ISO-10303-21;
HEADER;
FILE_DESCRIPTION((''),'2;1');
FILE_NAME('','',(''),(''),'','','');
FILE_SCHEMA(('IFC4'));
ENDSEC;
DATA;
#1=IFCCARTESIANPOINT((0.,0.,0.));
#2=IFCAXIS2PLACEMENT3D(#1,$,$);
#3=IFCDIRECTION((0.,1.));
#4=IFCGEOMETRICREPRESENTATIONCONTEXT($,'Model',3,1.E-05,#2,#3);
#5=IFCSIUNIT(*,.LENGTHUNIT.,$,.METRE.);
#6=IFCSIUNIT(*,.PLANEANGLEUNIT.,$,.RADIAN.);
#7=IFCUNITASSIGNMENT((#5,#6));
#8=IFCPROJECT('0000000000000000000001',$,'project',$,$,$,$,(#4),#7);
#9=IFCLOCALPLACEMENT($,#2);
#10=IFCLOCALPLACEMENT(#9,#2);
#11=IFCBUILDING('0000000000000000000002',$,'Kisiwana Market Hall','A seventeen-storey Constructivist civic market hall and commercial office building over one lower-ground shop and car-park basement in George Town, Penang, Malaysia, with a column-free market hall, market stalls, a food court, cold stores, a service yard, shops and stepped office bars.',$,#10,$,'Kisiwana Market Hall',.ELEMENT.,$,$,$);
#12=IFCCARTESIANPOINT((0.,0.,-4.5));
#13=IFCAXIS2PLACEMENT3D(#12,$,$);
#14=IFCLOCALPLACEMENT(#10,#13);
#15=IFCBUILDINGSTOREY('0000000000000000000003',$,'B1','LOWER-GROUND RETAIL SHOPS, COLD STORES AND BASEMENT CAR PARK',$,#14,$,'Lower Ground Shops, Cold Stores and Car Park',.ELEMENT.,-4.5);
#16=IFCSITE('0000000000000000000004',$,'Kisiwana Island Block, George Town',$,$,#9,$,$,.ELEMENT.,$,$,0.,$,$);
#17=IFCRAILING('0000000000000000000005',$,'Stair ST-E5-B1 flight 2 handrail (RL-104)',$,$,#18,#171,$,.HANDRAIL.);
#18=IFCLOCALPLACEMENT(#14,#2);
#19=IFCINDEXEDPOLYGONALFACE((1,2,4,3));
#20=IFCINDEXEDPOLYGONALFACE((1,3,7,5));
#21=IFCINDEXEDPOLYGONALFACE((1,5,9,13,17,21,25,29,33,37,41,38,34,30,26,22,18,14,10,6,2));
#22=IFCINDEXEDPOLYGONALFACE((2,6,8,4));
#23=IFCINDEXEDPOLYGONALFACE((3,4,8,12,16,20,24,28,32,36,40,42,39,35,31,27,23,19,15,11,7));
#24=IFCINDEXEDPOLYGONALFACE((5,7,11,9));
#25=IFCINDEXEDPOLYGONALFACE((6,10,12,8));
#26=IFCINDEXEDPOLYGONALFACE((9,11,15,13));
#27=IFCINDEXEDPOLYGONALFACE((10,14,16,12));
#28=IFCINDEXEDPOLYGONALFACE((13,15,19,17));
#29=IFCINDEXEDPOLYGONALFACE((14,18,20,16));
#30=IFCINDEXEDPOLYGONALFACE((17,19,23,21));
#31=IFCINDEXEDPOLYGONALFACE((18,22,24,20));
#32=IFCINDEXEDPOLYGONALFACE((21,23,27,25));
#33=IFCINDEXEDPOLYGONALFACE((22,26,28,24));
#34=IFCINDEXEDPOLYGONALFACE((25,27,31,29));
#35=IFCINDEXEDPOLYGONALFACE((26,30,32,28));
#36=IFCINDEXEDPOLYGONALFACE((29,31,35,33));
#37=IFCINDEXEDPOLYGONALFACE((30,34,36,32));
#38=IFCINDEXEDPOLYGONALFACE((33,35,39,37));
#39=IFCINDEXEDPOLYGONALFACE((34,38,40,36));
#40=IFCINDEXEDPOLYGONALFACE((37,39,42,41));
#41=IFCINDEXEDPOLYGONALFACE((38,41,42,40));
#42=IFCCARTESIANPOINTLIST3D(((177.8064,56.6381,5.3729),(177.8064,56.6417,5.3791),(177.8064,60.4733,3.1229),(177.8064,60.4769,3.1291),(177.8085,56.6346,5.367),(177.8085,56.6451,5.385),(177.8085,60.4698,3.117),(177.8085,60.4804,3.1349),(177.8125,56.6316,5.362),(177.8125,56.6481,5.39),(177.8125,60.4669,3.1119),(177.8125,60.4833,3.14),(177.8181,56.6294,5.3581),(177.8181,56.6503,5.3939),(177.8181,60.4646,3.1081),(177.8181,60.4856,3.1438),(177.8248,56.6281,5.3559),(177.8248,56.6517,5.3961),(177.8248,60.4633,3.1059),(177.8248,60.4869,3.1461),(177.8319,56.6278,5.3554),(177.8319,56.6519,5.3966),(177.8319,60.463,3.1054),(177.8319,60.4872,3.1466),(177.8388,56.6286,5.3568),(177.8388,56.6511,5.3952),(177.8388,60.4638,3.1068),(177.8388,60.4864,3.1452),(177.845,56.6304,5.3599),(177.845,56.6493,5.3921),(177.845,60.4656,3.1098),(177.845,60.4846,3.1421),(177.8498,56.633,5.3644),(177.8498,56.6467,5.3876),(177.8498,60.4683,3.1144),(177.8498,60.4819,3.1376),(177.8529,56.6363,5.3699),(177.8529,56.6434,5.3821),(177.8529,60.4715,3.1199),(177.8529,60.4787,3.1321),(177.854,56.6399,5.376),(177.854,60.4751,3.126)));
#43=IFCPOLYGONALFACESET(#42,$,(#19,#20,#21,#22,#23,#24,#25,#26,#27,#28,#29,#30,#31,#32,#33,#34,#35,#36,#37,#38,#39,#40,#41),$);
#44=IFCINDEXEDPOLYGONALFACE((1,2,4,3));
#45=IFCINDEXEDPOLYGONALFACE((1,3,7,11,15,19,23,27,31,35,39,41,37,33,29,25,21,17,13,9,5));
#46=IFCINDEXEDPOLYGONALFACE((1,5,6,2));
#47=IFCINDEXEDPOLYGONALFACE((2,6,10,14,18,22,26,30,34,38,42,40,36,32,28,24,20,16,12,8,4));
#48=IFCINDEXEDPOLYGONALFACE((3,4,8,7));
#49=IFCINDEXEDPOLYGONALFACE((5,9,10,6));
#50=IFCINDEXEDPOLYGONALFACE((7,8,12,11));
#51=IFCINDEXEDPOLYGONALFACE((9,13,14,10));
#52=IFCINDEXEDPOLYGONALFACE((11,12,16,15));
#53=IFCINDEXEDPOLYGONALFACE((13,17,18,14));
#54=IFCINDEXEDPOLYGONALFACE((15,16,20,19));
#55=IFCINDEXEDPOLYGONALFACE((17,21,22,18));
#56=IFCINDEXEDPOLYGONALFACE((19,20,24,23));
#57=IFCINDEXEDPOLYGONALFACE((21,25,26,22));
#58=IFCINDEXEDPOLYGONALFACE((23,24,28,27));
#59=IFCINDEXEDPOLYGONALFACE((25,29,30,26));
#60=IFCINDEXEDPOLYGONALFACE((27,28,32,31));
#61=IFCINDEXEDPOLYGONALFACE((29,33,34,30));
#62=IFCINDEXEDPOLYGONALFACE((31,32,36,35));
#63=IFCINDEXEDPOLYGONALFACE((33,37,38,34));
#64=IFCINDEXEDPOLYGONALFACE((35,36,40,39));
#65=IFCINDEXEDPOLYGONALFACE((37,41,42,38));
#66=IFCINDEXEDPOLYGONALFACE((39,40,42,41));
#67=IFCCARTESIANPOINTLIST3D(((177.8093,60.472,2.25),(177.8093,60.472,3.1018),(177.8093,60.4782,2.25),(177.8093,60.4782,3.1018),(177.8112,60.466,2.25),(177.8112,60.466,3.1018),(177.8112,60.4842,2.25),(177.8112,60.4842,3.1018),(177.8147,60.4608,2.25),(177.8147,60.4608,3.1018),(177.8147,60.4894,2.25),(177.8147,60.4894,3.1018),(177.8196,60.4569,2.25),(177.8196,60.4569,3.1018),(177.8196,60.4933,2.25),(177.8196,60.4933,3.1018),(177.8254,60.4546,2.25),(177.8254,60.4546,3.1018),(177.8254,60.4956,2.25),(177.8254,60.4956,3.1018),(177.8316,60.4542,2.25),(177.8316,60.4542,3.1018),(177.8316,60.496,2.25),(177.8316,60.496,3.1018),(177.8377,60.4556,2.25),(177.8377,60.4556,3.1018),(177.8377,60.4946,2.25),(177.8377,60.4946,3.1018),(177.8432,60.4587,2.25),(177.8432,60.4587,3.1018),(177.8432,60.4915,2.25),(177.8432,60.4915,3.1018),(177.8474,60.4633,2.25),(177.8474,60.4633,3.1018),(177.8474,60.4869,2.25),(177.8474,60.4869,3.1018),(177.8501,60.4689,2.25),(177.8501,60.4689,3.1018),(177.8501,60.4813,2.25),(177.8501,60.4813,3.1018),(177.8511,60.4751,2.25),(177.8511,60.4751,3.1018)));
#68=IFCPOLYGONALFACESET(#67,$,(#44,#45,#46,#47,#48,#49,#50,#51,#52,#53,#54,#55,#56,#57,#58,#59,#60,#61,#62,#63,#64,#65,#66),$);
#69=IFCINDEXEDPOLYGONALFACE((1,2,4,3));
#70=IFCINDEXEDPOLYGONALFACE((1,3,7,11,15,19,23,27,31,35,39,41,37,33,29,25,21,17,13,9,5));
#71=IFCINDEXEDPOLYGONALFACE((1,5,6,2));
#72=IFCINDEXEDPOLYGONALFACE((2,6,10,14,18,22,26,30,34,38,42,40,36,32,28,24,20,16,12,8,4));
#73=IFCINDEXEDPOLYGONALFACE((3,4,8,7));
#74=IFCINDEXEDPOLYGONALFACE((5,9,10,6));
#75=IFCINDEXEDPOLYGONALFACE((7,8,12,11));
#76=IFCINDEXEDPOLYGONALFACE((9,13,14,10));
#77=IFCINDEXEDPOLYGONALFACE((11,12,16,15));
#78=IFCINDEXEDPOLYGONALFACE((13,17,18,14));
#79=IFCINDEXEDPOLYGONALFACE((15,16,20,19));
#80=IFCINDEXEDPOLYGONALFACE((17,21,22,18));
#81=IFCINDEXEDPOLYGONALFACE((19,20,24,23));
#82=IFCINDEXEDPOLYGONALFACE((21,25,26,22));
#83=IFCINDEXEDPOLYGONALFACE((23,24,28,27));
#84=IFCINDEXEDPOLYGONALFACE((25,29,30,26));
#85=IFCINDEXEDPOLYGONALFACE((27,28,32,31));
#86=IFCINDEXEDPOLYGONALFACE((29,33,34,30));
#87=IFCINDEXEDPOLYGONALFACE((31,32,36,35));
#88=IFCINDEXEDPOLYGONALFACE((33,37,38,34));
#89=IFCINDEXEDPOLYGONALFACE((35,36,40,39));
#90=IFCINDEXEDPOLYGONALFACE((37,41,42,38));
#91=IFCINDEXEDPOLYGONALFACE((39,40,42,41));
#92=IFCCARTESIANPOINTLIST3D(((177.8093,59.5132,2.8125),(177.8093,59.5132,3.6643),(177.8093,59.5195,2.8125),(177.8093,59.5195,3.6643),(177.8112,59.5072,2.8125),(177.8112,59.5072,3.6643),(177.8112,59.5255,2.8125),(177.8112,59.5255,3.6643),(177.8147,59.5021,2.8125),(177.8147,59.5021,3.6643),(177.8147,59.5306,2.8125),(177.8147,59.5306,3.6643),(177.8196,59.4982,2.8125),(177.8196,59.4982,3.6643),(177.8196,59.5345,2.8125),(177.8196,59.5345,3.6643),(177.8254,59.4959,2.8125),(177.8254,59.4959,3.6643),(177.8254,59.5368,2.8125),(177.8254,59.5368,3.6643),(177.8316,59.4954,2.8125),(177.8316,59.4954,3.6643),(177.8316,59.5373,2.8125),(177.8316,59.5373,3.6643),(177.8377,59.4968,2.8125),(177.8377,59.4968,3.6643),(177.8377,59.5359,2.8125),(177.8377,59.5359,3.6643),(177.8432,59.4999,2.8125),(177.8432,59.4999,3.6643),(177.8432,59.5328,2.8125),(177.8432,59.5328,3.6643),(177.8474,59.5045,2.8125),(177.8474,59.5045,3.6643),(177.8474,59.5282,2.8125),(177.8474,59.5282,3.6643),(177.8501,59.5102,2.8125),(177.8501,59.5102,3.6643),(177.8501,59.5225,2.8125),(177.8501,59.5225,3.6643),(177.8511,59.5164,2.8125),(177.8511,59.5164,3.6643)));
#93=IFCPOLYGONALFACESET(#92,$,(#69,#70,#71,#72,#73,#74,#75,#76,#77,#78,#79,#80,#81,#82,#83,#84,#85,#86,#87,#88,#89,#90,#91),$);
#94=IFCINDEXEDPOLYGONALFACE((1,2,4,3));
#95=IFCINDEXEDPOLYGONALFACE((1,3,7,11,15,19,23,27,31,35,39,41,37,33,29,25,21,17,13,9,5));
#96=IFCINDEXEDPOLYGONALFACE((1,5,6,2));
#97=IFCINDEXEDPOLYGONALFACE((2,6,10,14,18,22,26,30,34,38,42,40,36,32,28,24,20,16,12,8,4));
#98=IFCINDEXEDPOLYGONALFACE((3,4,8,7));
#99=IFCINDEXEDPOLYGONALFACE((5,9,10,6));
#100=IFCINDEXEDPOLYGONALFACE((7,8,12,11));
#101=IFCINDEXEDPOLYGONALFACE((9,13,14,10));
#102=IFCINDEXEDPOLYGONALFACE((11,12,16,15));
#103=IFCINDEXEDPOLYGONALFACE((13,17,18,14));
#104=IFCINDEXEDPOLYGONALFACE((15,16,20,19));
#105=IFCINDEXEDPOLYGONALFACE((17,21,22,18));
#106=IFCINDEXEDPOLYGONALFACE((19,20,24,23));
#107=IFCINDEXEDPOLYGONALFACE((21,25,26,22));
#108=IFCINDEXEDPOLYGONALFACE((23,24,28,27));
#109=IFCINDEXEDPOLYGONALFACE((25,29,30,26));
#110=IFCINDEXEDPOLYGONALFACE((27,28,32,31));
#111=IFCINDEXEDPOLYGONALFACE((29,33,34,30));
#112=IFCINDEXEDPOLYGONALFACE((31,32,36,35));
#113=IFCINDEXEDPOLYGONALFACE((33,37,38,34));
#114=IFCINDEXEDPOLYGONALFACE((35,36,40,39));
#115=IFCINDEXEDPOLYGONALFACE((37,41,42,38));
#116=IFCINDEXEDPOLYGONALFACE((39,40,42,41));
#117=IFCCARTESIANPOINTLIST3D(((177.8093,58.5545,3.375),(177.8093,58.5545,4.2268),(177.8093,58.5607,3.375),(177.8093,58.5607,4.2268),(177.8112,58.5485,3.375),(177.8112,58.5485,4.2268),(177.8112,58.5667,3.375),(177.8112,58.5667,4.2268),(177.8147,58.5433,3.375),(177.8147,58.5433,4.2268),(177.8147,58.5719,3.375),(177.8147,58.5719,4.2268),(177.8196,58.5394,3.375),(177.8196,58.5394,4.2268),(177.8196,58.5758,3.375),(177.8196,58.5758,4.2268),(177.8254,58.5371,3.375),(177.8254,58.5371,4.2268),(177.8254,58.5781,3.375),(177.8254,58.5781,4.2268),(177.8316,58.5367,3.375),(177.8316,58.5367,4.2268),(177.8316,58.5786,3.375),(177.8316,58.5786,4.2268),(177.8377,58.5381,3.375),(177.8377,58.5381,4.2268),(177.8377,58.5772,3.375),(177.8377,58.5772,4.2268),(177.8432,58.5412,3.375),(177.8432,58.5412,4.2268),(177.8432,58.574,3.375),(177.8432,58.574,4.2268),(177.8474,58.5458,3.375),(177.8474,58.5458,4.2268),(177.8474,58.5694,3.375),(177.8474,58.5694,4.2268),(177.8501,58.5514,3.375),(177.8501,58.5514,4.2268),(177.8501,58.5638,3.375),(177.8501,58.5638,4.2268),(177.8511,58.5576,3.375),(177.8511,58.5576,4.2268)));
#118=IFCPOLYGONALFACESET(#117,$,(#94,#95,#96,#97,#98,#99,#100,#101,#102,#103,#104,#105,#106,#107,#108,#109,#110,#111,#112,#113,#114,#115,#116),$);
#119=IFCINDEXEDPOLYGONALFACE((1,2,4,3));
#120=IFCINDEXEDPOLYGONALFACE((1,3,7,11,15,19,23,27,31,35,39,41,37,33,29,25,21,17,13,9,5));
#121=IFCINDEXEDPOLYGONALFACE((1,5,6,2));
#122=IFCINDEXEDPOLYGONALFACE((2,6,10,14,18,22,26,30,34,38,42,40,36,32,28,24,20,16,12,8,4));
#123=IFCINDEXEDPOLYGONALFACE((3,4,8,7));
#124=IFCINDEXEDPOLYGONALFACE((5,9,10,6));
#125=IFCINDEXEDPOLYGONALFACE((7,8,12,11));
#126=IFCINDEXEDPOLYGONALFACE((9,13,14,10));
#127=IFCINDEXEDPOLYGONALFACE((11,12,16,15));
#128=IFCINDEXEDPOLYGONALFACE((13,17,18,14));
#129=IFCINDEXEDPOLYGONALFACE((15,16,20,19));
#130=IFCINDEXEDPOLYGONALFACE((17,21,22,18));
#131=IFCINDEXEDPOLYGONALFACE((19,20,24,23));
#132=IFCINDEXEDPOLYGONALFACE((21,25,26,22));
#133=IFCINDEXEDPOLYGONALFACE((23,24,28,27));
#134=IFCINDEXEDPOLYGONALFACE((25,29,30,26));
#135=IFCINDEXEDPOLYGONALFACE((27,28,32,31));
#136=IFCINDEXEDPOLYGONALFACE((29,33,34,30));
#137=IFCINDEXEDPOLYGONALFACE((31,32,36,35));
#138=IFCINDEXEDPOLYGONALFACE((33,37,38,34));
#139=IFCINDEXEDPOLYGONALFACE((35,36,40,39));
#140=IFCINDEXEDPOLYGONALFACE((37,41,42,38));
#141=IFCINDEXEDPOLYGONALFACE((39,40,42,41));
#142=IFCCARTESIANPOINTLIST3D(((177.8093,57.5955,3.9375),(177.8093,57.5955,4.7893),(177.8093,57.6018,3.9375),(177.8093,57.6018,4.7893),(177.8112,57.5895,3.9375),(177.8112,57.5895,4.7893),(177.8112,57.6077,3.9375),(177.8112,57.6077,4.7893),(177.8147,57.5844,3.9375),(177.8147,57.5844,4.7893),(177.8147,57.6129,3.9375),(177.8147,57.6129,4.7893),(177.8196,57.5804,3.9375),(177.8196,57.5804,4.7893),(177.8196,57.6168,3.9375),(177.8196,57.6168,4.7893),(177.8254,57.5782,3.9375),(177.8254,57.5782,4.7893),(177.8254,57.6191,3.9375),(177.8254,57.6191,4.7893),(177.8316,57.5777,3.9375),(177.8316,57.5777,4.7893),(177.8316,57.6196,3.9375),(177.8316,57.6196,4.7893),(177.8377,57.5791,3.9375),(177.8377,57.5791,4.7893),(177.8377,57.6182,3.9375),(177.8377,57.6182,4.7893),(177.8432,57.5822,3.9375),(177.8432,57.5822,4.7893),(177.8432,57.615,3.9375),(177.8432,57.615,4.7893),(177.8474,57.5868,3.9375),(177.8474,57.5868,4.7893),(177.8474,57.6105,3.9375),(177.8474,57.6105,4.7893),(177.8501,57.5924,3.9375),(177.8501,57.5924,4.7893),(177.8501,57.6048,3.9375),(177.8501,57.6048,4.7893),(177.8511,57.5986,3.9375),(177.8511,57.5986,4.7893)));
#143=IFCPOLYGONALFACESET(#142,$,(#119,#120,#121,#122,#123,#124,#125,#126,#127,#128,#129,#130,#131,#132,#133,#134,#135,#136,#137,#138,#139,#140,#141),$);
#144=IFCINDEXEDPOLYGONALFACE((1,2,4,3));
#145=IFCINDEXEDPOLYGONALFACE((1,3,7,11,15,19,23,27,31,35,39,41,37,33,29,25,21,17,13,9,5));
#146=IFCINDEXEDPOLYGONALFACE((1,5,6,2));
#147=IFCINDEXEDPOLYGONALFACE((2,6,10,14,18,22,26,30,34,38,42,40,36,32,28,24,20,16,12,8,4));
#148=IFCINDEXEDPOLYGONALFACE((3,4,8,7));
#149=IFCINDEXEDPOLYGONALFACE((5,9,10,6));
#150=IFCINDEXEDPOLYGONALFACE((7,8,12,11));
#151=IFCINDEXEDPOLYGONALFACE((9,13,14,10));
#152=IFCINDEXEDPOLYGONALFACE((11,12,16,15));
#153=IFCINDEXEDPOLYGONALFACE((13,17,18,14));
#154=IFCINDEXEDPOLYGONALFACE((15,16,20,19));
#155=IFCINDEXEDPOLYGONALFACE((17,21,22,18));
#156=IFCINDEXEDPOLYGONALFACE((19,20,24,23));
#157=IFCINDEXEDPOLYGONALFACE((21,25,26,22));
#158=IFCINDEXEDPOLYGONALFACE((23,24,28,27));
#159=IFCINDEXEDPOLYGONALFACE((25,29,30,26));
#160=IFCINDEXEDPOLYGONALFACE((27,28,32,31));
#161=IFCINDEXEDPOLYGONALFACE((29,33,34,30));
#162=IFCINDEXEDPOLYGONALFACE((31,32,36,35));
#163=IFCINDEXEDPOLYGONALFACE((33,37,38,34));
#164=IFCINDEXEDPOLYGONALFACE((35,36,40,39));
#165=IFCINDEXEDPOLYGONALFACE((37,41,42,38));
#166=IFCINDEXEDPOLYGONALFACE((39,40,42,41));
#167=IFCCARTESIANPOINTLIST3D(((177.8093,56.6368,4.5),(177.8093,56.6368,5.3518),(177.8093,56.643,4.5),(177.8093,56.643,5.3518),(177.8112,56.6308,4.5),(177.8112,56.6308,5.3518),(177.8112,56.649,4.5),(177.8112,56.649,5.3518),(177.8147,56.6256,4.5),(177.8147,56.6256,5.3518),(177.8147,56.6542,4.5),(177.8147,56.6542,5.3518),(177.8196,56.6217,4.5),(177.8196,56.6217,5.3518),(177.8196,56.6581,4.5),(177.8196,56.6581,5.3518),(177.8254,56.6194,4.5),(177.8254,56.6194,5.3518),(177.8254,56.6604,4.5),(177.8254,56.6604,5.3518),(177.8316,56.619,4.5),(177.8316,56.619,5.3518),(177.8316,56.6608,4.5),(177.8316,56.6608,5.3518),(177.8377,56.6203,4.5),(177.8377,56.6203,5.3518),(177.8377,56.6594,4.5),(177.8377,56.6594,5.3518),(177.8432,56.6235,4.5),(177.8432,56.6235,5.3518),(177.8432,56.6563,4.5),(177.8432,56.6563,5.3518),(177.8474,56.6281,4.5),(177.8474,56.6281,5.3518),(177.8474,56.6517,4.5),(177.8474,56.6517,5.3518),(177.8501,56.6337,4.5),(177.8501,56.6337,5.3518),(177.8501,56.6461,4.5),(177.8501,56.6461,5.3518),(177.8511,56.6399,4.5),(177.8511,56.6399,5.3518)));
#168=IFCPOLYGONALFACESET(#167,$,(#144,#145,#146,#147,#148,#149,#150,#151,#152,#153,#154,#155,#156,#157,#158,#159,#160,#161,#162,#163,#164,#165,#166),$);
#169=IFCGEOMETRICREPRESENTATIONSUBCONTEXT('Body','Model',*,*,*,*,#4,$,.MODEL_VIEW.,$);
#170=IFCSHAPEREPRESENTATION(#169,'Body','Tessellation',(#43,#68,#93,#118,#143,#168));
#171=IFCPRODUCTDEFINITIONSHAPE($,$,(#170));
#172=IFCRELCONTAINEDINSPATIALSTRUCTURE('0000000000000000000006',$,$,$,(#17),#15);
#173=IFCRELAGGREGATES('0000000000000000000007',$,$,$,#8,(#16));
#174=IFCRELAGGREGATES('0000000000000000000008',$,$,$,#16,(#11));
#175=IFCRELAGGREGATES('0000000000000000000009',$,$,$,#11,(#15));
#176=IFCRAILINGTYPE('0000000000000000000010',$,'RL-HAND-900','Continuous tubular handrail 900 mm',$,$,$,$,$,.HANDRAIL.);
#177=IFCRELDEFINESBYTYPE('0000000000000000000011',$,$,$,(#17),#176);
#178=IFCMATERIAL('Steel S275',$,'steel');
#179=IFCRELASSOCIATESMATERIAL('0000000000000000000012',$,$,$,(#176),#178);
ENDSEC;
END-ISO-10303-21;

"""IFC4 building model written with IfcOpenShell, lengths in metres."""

from ifc_helpers import new_model, si_unit, direction, frame, origin, origin_2d, place, context, subcontext, project, spatial, circle, extrude, material, type_object, element, save


model = new_model("IFC4")

# Units and contexts
model_context = context("Model", 3, precision=1e-05, world=origin(), true_north=direction((0.0, 1.0)))
body_context = subcontext(model_context, "Body", "Model", "MODEL_VIEW")
ifc_project = project(units=[si_unit("LENGTHUNIT", "METRE"), si_unit("PLANEANGLEUNIT", "RADIAN")], contexts=[model_context])

# Site, building, storey
site_placement = place(None, origin())
site = spatial("IfcSite", under=ifc_project, at=site_placement, Name="Kisiwana Island Block, George Town", CompositionType="ELEMENT", RefElevation=0.0)
building_placement = place(site_placement, origin())
building = spatial("IfcBuilding", under=site, at=building_placement, Name="Kisiwana Market Hall", Description="A seventeen-storey Constructivist civic market hall and commercial office building over one lower-ground shop and car-park basement in George Town, Penang, Malaysia, with a column-free market hall, market stalls, a food court, cold stores, a service yard, shops and stepped office bars.", LongName="Kisiwana Market Hall", CompositionType="ELEMENT")
storey_placement = place(building_placement, frame((0.0, 0.0, -4.5)))
storey = spatial("IfcBuildingStorey", under=building, at=storey_placement, Name="B1", Description="LOWER-GROUND RETAIL SHOPS, COLD STORES AND BASEMENT CAR PARK", LongName="Lower Ground Shops, Cold Stores and Car Park", CompositionType="ELEMENT", Elevation=-4.5)

# Railing
ifc_material_1 = material(Name="Steel S275", Category="steel")
railing_type_1 = type_object("IfcRailingType", Name="RL-HAND-900", Description="Continuous tubular handrail 900 mm", PredefinedType="HANDRAIL", material=ifc_material_1)
for number, where, name in (
    (1, (177.8301, 60.4751, 2.25), "Stair ST-E5-B1 flight 2 handrail (RL-104)"),
):
    element("IfcRailing", number, at=place(storey_placement, frame(where)), inside=storey, type_object=railing_type_1, Name=name, PredefinedType="HANDRAIL", context=body_context, shape_type="SweptSolid", body=[
        extrude(circle(Radius=0.0239, at=origin_2d()), frame((0.0, 0.0, 0.876), z_axis=(0.0, -0.862524, 0.506017), x_axis=(1.0, 0.0, 0.0)), (0.0, 0.0, 1.0), 4.4465),
        extrude(circle(Radius=0.021, at=origin_2d()), origin(), (0.0, 0.0, 1.0), 0.8518),
        extrude(circle(Radius=0.021, at=origin_2d()), frame((0.0, -0.9587, 0.5625)), (0.0, 0.0, 1.0), 0.8518),
        extrude(circle(Radius=0.021, at=origin_2d()), frame((0.0, -1.9175, 1.125)), (0.0, 0.0, 1.0), 0.8518),
        extrude(circle(Radius=0.021, at=origin_2d()), frame((0.0, -2.8765, 1.6875)), (0.0, 0.0, 1.0), 0.8518),
        extrude(circle(Radius=0.021, at=origin_2d()), frame((0.0, -3.8352, 2.25)), (0.0, 0.0, 1.0), 0.8518),
    ])

save(model, "model.ifc")
